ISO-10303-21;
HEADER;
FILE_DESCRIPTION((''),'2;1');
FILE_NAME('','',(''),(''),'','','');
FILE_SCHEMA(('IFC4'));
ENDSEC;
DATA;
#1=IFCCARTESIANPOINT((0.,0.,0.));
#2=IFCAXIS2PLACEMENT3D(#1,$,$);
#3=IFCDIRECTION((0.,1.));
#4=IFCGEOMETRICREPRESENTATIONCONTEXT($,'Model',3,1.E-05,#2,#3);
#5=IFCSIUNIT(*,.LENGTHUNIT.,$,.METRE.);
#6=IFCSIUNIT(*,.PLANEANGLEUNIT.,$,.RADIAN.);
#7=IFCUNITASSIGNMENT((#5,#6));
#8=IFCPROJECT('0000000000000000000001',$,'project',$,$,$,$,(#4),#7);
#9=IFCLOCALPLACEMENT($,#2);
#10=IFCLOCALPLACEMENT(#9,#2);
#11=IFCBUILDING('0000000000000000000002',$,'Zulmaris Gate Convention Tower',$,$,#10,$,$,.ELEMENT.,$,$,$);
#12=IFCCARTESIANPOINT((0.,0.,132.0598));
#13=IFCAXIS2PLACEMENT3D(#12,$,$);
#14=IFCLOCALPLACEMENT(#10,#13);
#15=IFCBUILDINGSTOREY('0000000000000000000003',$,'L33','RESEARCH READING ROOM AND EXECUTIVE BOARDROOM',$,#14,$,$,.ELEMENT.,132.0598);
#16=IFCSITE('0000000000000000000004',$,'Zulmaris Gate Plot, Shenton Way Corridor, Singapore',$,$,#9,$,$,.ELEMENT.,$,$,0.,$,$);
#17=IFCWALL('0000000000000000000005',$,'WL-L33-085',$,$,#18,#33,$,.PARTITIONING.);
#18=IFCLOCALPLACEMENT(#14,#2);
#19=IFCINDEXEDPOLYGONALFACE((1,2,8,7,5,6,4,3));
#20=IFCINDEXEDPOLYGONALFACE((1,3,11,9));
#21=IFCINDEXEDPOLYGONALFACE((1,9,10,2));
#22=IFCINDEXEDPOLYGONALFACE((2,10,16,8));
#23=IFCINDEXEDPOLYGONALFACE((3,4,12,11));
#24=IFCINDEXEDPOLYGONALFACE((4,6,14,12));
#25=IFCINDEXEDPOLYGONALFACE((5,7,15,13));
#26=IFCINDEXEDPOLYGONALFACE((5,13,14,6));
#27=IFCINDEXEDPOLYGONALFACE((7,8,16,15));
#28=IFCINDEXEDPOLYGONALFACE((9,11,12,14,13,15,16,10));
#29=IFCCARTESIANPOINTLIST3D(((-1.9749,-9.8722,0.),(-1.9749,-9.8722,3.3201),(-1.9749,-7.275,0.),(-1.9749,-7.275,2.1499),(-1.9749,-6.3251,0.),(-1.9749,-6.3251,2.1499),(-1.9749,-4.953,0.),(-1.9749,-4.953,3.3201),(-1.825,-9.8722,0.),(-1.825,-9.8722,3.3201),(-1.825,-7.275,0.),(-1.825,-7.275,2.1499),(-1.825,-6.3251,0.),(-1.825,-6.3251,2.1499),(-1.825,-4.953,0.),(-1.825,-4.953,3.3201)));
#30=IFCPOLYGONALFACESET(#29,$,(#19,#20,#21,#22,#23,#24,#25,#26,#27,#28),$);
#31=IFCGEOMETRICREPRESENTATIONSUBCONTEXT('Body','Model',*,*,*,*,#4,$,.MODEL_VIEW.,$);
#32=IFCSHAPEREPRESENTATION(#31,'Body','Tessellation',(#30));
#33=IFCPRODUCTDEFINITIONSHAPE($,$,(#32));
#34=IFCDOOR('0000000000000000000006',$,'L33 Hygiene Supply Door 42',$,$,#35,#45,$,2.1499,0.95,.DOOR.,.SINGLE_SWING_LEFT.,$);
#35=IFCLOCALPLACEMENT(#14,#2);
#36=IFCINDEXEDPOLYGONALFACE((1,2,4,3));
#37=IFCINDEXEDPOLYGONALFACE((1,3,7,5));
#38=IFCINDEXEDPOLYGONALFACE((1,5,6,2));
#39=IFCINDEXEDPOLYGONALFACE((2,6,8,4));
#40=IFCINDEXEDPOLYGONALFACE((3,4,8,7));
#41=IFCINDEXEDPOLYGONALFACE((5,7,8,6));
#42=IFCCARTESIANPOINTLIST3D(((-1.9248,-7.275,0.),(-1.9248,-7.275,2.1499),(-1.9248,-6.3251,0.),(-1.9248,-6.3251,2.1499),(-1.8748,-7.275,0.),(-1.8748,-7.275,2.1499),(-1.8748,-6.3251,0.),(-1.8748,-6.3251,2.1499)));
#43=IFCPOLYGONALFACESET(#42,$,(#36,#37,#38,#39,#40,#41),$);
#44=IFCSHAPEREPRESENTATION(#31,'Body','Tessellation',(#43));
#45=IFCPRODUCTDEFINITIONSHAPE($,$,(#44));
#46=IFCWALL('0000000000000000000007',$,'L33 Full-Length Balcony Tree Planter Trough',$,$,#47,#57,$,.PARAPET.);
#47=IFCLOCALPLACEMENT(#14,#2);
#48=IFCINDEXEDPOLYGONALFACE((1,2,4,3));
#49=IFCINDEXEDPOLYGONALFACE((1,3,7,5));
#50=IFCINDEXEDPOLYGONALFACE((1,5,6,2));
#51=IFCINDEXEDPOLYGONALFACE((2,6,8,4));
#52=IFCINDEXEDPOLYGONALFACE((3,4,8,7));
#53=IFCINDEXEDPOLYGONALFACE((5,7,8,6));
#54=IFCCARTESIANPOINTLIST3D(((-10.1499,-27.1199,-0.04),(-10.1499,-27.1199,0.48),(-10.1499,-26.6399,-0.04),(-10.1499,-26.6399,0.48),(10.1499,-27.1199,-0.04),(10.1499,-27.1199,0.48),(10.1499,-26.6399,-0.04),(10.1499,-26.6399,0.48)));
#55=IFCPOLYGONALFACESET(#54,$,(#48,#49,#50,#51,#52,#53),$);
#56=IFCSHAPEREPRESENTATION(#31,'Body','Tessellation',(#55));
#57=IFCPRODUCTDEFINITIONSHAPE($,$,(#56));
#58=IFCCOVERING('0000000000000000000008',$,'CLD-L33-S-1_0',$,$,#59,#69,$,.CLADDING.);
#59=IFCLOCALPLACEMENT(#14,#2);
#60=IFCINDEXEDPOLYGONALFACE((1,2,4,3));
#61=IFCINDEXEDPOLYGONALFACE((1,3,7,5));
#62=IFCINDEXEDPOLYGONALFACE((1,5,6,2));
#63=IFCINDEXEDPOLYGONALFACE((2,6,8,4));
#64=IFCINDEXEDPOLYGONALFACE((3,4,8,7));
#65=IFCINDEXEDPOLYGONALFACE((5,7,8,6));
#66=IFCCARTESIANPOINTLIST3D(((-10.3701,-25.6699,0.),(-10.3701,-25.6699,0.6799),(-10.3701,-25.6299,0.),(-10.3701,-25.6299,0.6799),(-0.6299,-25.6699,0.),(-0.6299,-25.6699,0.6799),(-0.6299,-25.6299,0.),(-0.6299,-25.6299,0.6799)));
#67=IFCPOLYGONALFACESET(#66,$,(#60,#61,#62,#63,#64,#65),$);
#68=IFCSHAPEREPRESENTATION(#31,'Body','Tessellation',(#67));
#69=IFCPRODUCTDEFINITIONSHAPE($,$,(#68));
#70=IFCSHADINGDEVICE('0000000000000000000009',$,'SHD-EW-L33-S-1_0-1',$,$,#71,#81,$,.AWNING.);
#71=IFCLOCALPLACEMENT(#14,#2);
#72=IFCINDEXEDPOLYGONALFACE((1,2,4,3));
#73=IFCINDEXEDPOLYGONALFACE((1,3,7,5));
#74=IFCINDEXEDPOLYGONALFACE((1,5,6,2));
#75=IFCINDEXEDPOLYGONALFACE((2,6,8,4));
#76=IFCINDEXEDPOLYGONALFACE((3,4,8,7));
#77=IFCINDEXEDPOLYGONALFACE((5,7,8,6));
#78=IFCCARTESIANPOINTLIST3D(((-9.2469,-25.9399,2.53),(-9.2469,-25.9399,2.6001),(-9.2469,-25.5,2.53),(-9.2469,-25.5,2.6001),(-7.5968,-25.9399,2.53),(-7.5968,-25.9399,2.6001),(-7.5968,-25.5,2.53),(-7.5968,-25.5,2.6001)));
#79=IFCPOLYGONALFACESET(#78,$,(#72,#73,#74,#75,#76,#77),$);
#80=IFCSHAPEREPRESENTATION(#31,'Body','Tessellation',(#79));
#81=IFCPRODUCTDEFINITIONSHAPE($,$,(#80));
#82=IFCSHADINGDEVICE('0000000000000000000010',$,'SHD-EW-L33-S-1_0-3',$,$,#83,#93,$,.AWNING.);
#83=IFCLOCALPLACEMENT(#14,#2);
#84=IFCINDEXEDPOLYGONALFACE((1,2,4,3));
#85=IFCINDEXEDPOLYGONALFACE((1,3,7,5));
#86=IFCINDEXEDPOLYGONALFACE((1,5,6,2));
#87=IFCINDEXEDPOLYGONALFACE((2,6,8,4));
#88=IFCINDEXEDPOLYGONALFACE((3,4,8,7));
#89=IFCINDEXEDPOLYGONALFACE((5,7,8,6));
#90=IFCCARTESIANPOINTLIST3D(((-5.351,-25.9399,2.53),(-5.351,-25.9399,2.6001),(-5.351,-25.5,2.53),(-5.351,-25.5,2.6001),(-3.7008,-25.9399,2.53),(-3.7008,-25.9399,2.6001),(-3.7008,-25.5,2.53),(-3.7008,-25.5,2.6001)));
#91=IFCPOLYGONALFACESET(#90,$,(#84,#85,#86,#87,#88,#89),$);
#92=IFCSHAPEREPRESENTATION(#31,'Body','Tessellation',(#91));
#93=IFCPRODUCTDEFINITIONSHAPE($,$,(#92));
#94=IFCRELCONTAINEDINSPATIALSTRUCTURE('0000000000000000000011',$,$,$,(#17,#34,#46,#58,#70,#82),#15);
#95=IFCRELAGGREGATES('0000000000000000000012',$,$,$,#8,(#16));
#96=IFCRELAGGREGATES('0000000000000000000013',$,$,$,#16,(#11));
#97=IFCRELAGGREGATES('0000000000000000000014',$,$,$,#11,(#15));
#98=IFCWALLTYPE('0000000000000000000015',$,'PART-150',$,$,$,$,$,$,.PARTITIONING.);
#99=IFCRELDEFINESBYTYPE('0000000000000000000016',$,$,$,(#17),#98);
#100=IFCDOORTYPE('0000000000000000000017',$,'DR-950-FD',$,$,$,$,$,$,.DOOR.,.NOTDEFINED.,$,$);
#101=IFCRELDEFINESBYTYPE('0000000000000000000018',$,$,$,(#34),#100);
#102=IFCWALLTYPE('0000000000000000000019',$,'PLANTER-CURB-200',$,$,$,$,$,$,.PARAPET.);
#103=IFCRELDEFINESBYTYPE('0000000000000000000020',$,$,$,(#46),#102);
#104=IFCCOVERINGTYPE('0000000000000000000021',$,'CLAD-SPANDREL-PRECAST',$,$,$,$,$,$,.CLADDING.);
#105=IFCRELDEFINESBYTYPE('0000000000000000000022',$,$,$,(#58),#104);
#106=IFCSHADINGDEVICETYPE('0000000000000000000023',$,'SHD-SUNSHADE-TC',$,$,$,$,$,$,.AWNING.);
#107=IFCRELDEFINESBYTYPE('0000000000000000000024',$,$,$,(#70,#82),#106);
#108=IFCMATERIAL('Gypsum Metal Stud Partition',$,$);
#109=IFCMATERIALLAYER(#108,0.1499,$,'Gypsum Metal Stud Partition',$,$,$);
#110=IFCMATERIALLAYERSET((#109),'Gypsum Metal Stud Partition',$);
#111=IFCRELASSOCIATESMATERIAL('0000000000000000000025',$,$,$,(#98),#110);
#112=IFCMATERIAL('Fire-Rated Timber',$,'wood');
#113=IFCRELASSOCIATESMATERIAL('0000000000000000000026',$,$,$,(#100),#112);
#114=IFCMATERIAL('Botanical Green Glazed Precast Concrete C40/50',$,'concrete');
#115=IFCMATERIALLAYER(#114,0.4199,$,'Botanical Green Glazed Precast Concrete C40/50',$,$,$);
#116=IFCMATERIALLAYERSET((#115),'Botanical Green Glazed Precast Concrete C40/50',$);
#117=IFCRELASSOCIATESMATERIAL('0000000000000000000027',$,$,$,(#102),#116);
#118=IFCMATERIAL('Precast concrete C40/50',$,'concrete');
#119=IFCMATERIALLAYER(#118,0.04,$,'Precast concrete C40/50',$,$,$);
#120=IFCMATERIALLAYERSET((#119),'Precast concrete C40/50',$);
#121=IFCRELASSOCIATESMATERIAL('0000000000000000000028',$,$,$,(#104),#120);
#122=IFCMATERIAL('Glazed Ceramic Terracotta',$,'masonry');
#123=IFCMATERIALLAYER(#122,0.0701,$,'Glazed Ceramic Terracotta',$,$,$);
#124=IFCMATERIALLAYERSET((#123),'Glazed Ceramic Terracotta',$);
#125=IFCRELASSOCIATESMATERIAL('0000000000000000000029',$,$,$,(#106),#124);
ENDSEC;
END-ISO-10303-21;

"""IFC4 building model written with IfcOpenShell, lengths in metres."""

from ifc_helpers import new_model, si_unit, direction, frame, frame_2d, origin, place, context, subcontext, project, spatial, rectangle, extrude, material, layer, layer_set, type_object, element, fill, save


model = new_model("IFC4")

# Units and contexts
model_context = context("Model", 3, precision=1e-05, world=origin(), true_north=direction((0.0, 1.0)))
body_context = subcontext(model_context, "Body", "Model", "MODEL_VIEW")
ifc_project = project(units=[si_unit("LENGTHUNIT", "METRE"), si_unit("PLANEANGLEUNIT", "RADIAN")], contexts=[model_context])

# Site, building, storey
site_placement = place(None, origin())
site = spatial("IfcSite", under=ifc_project, at=site_placement, Name="Zulmaris Gate Plot, Shenton Way Corridor, Singapore", CompositionType="ELEMENT", RefElevation=0.0)
building_placement = place(site_placement, origin())
building = spatial("IfcBuilding", under=site, at=building_placement, Name="Zulmaris Gate Convention Tower", CompositionType="ELEMENT")
storey_placement = place(building_placement, frame((0.0, 0.0, 132.0598)))
storey = spatial("IfcBuildingStorey", under=building, at=storey_placement, Name="L33", Description="RESEARCH READING ROOM AND EXECUTIVE BOARDROOM", CompositionType="ELEMENT", Elevation=132.0598)

# Shared definitions
ifc_material_1 = material(Name="Gypsum Metal Stud Partition")
ifc_layer_1 = layer(ifc_material_1, 0.1499, Name="Gypsum Metal Stud Partition")
ifc_layer_set_1 = layer_set([ifc_layer_1], Name="Gypsum Metal Stud Partition")
wall_type_1 = type_object("IfcWallType", Name="PART-150", PredefinedType="PARTITIONING", material=ifc_layer_set_1)
ifc_material_2 = material(Name="Fire-Rated Timber", Category="wood")
door_type_1 = type_object("IfcDoorType", Name="DR-950-FD", OperationType="NOTDEFINED", PredefinedType="DOOR", material=ifc_material_2)

# Wall, opening, door
wall_1_placement = place(storey_placement, frame((-1.8999, -9.8721, 0.0), z_axis=(0.0, 0.0, 1.0), x_axis=(0.0, 1.0, 0.0)))
wall_1 = element("IfcWall", 1, at=wall_1_placement, inside=storey, type_object=wall_type_1, Name="WL-L33-085", PredefinedType="PARTITIONING", context=body_context, shape_type="SweptSolid", body=[
    extrude(rectangle(XDim=4.9192, YDim=0.1499, at=frame_2d((2.4595, 0.0))), origin(), (0.0, 0.0, 1.0), 3.3201),
])
opening_1_placement = place(wall_1_placement, frame((2.5969, 0.0, 0.0)))
opening_1 = element("IfcOpeningElement", 2, at=opening_1_placement, cuts=wall_1, PredefinedType="OPENING", context=body_context, shape_type="SweptSolid", body=[
    extrude(rectangle(XDim=0.95, YDim=2.1499, at=frame_2d((0.4751, 1.075))), frame((0.0, 0.085, 0.0), z_axis=(0.0, -1.0, 0.0), x_axis=(1.0, 0.0, 0.0)), (0.0, 0.0, 1.0), 0.1699),
])
door_1_placement = place(opening_1_placement, origin())
door_1 = element("IfcDoor", 3, at=door_1_placement, inside=storey, type_object=door_type_1, Name="L33 Hygiene Supply Door 42", OperationType="SINGLE_SWING_LEFT", OverallHeight=2.1499, OverallWidth=0.95, PredefinedType="DOOR", context=body_context, shape_type="SweptSolid", body=[
    extrude(rectangle(XDim=0.95, YDim=2.1499, at=frame_2d((0.4751, 1.075))), frame((0.0, 0.0249, 0.0), z_axis=(0.0, -1.0, 0.0), x_axis=(1.0, 0.0, 0.0)), (0.0, 0.0, 1.0), 0.05),
])
fill(opening_1, door_1)

# Wall
ifc_material_3 = material(Name="Botanical Green Glazed Precast Concrete C40/50", Category="concrete")
ifc_layer_2 = layer(ifc_material_3, 0.4199, Name="Botanical Green Glazed Precast Concrete C40/50")
ifc_layer_set_2 = layer_set([ifc_layer_2], Name="Botanical Green Glazed Precast Concrete C40/50")
wall_type_2 = type_object("IfcWallType", Name="PLANTER-CURB-200", PredefinedType="PARAPET", material=ifc_layer_set_2)
wall_2_placement = place(storey_placement, frame((-10.1499, -26.8799, -0.04), z_axis=(0.0, 0.0, 1.0), x_axis=(1.0, 0.0, 0.0)))
element("IfcWall", 4, at=wall_2_placement, inside=storey, type_object=wall_type_2, Name="L33 Full-Length Balcony Tree Planter Trough", PredefinedType="PARAPET", context=body_context, shape_type="SweptSolid", body=[
    extrude(rectangle(XDim=20.2998, YDim=0.48, at=frame_2d((10.1499, 0.0))), origin(), (0.0, 0.0, 1.0), 0.52),
])

# Shared definitions
ifc_material_4 = material(Name="Precast concrete C40/50", Category="concrete")

# Covering
ifc_layer_3 = layer(ifc_material_4, 0.04, Name="Precast concrete C40/50")
ifc_layer_set_3 = layer_set([ifc_layer_3], Name="Precast concrete C40/50")
covering_type = type_object("IfcCoveringType", Name="CLAD-SPANDREL-PRECAST", PredefinedType="CLADDING", material=ifc_layer_set_3)
covering_placement = place(storey_placement, frame((-10.3701, -25.6499, 0.0), z_axis=(0.0, 0.0, 1.0), x_axis=(1.0, 0.0, 0.0)))
element("IfcCovering", 5, at=covering_placement, inside=storey, type_object=covering_type, Name="CLD-L33-S-1_0", PredefinedType="CLADDING", context=body_context, shape_type="SweptSolid", body=[
    extrude(rectangle(XDim=9.7402, YDim=0.04, at=frame_2d((4.8701, 0.0))), origin(), (0.0, 0.0, 1.0), 0.6799),
])

# Shading devices
ifc_material_5 = material(Name="Glazed Ceramic Terracotta", Category="masonry")
ifc_layer_4 = layer(ifc_material_5, 0.0701, Name="Glazed Ceramic Terracotta")
ifc_layer_set_4 = layer_set([ifc_layer_4], Name="Glazed Ceramic Terracotta")
shading_device_type = type_object("IfcShadingDeviceType", Name="SHD-SUNSHADE-TC", PredefinedType="AWNING", material=ifc_layer_set_4)
for number, where, z_axis, x_axis, name in (
    (6, (-9.2471, -25.72, 2.53), (0.0, 0.0, 1.0), (1.0, 0.0, 0.0), "SHD-EW-L33-S-1_0-1"),
    (7, (-5.3511, -25.72, 2.53), (0.0, 0.0, 1.0), (1.0, 0.0, 0.0), "SHD-EW-L33-S-1_0-3"),
):
    element("IfcShadingDevice", number, at=place(storey_placement, frame(where, z_axis=z_axis, x_axis=x_axis)), inside=storey, type_object=shading_device_type, Name=name, PredefinedType="AWNING", context=body_context, shape_type="SweptSolid", body=[
        extrude(rectangle(XDim=1.6501, YDim=0.4399, at=frame_2d((0.8252, 0.0))), origin(), (0.0, 0.0, 1.0), 0.0701),
    ])

save(model, "model.ifc")
